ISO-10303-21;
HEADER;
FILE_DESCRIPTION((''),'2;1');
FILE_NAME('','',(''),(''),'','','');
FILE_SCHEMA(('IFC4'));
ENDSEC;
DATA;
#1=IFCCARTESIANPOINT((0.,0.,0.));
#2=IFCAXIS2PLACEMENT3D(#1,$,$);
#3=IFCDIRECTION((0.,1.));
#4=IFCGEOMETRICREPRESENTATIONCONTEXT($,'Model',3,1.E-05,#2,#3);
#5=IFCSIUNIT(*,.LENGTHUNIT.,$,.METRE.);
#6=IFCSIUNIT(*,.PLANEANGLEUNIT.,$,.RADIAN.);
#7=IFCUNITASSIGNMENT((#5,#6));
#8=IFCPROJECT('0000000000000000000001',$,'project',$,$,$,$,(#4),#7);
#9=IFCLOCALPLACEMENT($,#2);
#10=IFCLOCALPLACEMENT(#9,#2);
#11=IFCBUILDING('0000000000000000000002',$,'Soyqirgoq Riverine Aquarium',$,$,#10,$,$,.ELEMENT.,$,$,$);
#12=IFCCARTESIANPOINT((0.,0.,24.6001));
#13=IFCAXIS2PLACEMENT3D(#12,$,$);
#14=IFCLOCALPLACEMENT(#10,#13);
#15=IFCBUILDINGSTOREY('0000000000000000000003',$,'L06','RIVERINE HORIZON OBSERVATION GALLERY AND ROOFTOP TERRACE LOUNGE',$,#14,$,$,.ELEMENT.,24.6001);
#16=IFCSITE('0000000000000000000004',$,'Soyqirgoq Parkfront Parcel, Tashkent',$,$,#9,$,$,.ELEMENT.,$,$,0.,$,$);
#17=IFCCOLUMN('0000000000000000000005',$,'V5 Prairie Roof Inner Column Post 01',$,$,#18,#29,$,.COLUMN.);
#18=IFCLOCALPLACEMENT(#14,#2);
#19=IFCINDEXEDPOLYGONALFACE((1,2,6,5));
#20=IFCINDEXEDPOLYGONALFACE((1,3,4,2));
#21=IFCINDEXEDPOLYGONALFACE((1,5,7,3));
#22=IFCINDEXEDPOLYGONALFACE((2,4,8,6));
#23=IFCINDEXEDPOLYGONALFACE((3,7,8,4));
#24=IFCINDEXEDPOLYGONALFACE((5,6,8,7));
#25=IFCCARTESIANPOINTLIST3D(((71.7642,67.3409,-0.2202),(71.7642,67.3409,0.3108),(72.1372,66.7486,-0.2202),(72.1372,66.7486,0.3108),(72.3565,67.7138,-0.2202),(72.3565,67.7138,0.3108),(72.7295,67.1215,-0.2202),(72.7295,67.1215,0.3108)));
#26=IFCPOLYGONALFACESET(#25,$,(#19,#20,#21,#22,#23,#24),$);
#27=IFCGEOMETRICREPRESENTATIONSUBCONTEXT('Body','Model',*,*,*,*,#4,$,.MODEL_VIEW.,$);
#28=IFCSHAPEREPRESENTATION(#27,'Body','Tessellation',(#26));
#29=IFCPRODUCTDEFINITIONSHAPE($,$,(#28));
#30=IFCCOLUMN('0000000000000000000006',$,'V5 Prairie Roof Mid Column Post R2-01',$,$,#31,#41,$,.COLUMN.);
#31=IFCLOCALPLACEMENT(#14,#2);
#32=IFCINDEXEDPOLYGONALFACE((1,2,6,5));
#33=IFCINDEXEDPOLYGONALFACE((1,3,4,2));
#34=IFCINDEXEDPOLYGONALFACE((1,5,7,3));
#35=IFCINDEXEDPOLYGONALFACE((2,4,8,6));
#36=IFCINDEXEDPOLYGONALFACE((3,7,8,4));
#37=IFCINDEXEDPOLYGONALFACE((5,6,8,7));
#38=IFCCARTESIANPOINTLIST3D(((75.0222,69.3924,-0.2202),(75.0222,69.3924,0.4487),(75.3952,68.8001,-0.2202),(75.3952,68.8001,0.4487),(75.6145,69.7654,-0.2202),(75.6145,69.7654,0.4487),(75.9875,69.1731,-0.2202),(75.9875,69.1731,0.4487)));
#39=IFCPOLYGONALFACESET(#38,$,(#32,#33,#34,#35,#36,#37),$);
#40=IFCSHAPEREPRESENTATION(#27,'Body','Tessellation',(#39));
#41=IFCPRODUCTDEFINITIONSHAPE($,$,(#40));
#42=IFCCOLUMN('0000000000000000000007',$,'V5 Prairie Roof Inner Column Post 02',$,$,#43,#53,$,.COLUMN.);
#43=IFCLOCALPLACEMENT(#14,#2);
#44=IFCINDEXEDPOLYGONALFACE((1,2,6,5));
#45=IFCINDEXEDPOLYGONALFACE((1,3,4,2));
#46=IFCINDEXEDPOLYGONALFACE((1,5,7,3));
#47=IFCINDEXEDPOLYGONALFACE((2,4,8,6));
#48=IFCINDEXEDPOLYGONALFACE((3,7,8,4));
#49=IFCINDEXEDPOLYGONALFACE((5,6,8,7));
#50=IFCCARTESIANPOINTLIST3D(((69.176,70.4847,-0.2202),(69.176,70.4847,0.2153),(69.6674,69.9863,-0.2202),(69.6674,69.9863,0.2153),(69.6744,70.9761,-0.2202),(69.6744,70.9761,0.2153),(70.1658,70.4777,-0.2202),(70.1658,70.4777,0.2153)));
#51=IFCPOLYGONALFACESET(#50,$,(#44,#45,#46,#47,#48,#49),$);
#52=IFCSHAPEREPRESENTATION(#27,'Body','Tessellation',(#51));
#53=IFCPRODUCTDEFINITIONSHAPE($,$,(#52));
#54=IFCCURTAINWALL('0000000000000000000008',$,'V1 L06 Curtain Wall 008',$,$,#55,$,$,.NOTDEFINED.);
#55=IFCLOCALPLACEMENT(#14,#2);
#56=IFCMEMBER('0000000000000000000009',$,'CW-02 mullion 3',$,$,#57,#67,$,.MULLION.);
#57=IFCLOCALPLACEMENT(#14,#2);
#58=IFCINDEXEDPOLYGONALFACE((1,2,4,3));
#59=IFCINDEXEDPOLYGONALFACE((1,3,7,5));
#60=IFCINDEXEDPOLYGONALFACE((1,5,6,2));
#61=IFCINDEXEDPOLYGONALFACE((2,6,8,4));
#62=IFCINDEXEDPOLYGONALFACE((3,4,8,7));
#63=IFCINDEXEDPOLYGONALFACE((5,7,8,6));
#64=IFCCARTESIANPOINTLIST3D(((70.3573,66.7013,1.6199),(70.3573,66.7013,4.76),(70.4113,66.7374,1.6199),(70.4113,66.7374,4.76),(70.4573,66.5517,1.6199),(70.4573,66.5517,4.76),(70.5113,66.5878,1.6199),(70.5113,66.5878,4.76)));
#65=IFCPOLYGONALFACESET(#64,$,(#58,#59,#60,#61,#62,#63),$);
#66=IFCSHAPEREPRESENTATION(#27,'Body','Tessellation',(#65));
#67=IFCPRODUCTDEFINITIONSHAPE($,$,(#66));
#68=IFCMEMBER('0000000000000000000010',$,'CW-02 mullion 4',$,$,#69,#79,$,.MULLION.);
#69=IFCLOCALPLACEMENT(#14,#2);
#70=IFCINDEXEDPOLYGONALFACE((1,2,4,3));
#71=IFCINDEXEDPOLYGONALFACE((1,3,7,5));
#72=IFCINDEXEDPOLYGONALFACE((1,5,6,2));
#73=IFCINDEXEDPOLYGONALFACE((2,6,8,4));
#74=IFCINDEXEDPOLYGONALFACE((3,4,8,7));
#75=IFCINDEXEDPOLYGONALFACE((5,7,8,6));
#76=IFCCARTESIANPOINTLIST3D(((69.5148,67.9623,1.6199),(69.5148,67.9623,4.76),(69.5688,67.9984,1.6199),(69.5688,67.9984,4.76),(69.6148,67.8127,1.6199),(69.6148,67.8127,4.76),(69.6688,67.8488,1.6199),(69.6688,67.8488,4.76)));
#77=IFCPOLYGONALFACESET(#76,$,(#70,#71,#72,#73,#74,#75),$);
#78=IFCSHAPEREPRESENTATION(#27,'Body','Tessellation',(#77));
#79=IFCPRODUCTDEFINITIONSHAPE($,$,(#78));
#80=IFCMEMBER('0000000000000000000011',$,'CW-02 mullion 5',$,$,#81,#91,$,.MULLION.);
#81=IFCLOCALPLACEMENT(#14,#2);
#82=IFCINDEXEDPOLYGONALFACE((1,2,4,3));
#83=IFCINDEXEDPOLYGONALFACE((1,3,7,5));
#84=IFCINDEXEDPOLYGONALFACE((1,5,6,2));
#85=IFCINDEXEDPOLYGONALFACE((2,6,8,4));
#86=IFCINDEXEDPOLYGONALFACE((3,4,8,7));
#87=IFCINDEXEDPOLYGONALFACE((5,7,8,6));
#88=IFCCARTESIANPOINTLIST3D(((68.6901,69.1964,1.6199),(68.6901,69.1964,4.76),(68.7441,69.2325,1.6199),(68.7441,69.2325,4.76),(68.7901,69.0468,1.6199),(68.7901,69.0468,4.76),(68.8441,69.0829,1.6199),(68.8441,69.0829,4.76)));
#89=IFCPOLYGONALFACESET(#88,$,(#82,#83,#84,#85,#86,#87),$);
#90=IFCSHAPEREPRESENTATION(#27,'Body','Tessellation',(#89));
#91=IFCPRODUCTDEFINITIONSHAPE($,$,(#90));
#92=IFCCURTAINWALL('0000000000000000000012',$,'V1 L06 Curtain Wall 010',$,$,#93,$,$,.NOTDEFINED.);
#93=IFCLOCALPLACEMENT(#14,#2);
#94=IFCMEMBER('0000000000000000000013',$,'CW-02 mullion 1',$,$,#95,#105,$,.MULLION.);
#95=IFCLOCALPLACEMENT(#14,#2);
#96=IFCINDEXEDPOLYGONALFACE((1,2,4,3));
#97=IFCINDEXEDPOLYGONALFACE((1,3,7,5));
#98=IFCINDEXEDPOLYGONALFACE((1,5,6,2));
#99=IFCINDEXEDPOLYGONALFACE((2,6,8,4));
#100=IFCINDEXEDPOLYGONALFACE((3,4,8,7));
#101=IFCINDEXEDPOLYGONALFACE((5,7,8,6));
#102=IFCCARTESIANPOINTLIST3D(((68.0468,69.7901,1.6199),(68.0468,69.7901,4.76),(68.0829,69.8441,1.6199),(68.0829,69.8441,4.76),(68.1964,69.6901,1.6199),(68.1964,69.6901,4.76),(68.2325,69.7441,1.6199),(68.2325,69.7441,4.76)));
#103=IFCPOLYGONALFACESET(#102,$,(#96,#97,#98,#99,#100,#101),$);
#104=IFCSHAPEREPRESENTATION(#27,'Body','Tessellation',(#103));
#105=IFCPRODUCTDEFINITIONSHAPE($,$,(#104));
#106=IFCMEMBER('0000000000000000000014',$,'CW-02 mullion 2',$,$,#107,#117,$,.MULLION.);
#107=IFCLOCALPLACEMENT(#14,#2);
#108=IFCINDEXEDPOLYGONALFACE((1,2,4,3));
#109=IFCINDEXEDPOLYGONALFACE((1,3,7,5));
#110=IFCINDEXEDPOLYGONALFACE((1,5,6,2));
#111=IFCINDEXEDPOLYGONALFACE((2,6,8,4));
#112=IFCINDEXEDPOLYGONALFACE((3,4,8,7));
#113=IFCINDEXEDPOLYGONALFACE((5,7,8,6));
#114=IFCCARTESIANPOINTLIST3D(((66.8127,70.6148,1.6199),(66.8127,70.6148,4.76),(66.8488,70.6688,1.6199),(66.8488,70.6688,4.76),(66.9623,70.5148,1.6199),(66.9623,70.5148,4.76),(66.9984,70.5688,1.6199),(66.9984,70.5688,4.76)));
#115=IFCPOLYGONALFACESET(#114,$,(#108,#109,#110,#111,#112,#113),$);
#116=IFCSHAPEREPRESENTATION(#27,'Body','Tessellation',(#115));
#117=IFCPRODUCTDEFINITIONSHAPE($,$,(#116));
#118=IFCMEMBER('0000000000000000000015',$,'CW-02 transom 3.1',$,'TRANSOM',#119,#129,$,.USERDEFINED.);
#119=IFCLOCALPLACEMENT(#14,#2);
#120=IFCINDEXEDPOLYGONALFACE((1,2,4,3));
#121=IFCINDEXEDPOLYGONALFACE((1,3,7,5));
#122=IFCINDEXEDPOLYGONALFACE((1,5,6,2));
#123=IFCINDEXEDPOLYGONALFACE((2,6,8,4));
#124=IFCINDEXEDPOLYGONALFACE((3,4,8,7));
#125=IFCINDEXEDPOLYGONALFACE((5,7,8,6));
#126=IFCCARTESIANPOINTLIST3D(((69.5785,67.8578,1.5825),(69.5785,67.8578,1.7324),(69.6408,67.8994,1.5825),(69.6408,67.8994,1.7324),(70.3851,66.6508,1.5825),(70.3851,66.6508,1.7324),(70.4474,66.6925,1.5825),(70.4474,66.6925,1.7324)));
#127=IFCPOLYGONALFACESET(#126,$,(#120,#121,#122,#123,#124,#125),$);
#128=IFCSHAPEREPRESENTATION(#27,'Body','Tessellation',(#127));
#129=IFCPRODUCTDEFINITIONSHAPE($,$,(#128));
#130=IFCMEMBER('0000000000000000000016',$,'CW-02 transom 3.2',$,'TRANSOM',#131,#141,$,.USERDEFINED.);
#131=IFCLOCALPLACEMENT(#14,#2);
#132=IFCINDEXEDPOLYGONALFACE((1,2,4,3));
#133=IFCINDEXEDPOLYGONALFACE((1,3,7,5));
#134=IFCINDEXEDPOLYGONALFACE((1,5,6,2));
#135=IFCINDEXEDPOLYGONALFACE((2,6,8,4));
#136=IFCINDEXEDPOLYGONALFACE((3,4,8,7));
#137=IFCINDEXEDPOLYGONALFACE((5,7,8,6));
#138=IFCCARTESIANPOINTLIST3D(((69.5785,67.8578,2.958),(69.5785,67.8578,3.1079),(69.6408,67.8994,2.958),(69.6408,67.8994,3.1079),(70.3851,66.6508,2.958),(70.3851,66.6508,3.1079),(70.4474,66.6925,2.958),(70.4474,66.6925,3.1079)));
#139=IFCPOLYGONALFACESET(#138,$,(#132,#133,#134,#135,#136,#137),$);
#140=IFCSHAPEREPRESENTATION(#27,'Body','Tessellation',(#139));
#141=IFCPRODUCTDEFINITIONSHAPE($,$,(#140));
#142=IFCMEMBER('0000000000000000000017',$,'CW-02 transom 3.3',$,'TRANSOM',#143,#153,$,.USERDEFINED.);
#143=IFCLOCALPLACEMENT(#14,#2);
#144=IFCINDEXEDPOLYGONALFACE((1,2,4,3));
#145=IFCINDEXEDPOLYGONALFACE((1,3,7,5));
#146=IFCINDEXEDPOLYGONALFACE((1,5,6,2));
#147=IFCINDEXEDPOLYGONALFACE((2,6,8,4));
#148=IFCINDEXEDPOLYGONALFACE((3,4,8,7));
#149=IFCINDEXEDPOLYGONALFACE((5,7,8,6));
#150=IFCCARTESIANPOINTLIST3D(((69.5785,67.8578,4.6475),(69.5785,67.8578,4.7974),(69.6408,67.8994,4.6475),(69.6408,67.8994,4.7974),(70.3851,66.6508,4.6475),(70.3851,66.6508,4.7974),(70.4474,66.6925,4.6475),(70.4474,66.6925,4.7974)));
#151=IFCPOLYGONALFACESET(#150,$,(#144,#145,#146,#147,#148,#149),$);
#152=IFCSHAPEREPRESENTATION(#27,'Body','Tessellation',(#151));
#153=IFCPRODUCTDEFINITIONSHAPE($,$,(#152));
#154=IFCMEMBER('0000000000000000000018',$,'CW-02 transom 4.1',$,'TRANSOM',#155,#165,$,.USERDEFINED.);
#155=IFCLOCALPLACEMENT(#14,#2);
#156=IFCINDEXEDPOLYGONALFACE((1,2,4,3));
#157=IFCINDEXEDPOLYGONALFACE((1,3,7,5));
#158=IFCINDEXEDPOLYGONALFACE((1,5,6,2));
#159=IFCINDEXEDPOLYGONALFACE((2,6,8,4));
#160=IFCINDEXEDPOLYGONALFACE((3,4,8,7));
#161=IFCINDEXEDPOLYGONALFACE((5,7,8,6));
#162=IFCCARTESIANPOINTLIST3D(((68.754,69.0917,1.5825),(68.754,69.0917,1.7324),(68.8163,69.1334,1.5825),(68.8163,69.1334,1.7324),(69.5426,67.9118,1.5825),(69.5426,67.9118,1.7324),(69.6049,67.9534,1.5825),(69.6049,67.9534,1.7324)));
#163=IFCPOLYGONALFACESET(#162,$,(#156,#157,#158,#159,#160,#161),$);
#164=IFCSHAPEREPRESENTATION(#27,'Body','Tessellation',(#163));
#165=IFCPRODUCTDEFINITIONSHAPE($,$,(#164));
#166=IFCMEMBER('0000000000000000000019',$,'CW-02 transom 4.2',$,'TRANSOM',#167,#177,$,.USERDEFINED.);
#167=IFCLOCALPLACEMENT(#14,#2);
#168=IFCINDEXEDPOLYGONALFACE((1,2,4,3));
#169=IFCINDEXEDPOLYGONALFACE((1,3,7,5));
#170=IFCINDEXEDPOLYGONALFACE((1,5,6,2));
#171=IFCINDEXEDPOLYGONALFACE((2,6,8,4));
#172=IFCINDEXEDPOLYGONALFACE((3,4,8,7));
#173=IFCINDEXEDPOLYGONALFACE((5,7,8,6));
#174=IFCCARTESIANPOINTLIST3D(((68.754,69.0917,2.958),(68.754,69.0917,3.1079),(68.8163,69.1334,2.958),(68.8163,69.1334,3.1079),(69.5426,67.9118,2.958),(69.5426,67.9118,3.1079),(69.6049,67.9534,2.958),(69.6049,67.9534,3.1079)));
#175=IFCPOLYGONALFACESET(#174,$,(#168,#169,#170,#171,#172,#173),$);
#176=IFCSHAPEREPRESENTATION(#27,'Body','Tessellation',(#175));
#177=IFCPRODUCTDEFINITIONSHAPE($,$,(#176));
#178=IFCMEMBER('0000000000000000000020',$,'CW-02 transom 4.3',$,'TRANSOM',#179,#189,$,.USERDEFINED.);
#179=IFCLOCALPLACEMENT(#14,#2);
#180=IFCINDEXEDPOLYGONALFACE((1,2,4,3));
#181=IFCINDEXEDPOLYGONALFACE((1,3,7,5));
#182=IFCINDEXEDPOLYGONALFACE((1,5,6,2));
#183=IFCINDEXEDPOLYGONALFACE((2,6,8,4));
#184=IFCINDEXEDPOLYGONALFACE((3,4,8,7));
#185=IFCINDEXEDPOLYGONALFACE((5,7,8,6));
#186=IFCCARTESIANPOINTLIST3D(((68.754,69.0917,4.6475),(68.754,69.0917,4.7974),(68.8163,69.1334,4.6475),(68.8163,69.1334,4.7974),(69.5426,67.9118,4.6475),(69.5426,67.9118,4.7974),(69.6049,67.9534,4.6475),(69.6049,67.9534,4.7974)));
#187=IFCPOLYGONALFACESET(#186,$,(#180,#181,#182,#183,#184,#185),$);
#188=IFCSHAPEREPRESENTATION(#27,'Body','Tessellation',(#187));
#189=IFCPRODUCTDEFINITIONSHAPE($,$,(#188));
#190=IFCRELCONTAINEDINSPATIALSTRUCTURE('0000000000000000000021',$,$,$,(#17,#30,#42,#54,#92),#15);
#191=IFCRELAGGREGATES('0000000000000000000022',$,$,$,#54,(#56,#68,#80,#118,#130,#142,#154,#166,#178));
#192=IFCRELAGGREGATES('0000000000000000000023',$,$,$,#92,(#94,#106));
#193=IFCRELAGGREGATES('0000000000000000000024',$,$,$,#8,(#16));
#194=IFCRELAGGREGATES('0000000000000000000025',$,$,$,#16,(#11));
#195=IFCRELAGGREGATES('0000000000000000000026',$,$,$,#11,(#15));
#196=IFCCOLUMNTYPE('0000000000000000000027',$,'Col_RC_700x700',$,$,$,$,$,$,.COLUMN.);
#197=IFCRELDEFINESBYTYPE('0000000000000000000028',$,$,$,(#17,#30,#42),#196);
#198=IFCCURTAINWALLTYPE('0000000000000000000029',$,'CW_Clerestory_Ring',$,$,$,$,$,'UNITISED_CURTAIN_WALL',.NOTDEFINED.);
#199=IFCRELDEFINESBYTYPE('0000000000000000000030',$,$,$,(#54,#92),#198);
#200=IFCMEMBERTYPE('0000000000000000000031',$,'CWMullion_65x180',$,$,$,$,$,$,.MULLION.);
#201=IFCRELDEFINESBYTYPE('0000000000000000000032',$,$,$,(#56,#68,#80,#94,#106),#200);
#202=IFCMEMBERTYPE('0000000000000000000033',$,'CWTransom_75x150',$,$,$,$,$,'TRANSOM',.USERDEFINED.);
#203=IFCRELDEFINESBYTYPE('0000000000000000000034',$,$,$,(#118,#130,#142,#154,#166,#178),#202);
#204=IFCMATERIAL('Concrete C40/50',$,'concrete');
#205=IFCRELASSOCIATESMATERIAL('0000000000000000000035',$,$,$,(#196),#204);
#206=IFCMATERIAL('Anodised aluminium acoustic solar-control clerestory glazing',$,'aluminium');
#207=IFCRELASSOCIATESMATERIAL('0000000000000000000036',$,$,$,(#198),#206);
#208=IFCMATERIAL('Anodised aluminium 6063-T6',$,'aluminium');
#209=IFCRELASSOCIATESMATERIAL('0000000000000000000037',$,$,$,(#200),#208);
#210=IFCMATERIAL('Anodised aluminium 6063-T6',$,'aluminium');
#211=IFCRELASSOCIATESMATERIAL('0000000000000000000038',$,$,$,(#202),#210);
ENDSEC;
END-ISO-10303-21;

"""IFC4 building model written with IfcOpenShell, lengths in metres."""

from ifc_helpers import new_model, si_unit, direction, frame, origin, origin_2d, place, context, subcontext, project, spatial, rectangle, extrude, material, material_profile, profile_set, type_object, element, aggregate, save


model = new_model("IFC4")

# Units and contexts
model_context = context("Model", 3, precision=1e-05, world=origin(), true_north=direction((0.0, 1.0)))
body_context = subcontext(model_context, "Body", "Model", "MODEL_VIEW")
ifc_project = project(units=[si_unit("LENGTHUNIT", "METRE"), si_unit("PLANEANGLEUNIT", "RADIAN")], contexts=[model_context])

# Site, building, storey
site_placement = place(None, origin())
site = spatial("IfcSite", under=ifc_project, at=site_placement, Name="Soyqirgoq Parkfront Parcel, Tashkent", CompositionType="ELEMENT", RefElevation=0.0)
building_placement = place(site_placement, origin())
building = spatial("IfcBuilding", under=site, at=building_placement, Name="Soyqirgoq Riverine Aquarium", CompositionType="ELEMENT")
storey_placement = place(building_placement, frame((0.0, 0.0, 24.6001)))
storey = spatial("IfcBuildingStorey", under=building, at=storey_placement, Name="L06", Description="RIVERINE HORIZON OBSERVATION GALLERY AND ROOFTOP TERRACE LOUNGE", CompositionType="ELEMENT", Elevation=24.6001)

# Columns
ifc_material_1 = material(Name="Concrete C40/50", Category="concrete")
ifc_material_profile_1 = material_profile(ifc_material_1, rectangle(XDim=0.7, YDim=0.7, at=origin_2d()), Name="RC 700x700")
ifc_profile_set_1 = profile_set([ifc_material_profile_1], Name="Concrete C40/50")
column_type_1 = type_object("IfcColumnType", Name="Col_RC_700x700", PredefinedType="COLUMN", material=ifc_profile_set_1)
column_1_placement = place(storey_placement, frame((72.2468, 67.2312, -0.2202), z_axis=(0.0, 0.0, 1.0), x_axis=(0.846193, 0.532876, 0.0)))
element("IfcColumn", 1, at=column_1_placement, inside=storey, type_object=column_type_1, Name="V5 Prairie Roof Inner Column Post 01", PredefinedType="COLUMN", context=body_context, shape_type="SweptSolid", body=[
    extrude(rectangle(XDim=0.7, YDim=0.7, at=origin_2d()), origin(), (0.0, 0.0, 1.0), 0.531),
])
column_2_placement = place(storey_placement, frame((75.5049, 69.2827, -0.2202), z_axis=(0.0, 0.0, 1.0), x_axis=(0.846193, 0.532876, 0.0)))
element("IfcColumn", 2, at=column_2_placement, inside=storey, type_object=column_type_1, Name="V5 Prairie Roof Mid Column Post R2-01", PredefinedType="COLUMN", context=body_context, shape_type="SweptSolid", body=[
    extrude(rectangle(XDim=0.7, YDim=0.7, at=origin_2d()), origin(), (0.0, 0.0, 1.0), 0.6689),
])
column_3_placement = place(storey_placement, frame((69.6709, 70.4812, -0.2202), z_axis=(0.0, 0.0, 1.0), x_axis=(0.712026, 0.702153, 0.0)))
element("IfcColumn", 3, at=column_3_placement, inside=storey, type_object=column_type_1, Name="V5 Prairie Roof Inner Column Post 02", PredefinedType="COLUMN", context=body_context, shape_type="SweptSolid", body=[
    extrude(rectangle(XDim=0.7, YDim=0.7, at=origin_2d()), origin(), (0.0, 0.0, 1.0), 0.4355),
])

# Curtain walls, members
ifc_material_2 = material(Name="Anodised aluminium acoustic solar-control clerestory glazing", Category="aluminium")
curtain_wall_type = type_object("IfcCurtainWallType", Name="CW_Clerestory_Ring", ElementType="UNITISED_CURTAIN_WALL", PredefinedType="NOTDEFINED", material=ifc_material_2)
curtain_wall_1_placement = place(storey_placement, origin())
curtain_wall_1 = element("IfcCurtainWall", 4, at=curtain_wall_1_placement, inside=storey, type_object=curtain_wall_type, Name="V1 L06 Curtain Wall 008", PredefinedType="NOTDEFINED")
ifc_material_3 = material(Name="Anodised aluminium 6063-T6", Category="aluminium")
ifc_material_profile_2 = material_profile(ifc_material_3, rectangle(XDim=0.0649, YDim=0.1799, at=origin_2d()), Name="ALU-M 65x180")
ifc_profile_set_2 = profile_set([ifc_material_profile_2], Name="Anodised aluminium 6063-T6")
member_type_1 = type_object("IfcMemberType", Name="CWMullion_65x180", PredefinedType="MULLION", material=ifc_profile_set_2)
member_1_placement = place(storey_placement, frame((70.4343, 66.6445, 1.6199), z_axis=(0.0, 0.0, 1.0), x_axis=(-0.831464, -0.555579, 0.0)))
member_1 = element("IfcMember", 5, at=member_1_placement, type_object=member_type_1, Name="CW-02 mullion 3", PredefinedType="MULLION", context=body_context, shape_type="SweptSolid", body=[
    extrude(rectangle(XDim=0.0649, YDim=0.1799, at=origin_2d()), origin(), (0.0, 0.0, 1.0), 3.1401),
])
member_2_placement = place(storey_placement, frame((69.5918, 67.9055, 1.6199), z_axis=(0.0, 0.0, 1.0), x_axis=(-0.831464, -0.555579, 0.0)))
member_2 = element("IfcMember", 6, at=member_2_placement, type_object=member_type_1, Name="CW-02 mullion 4", PredefinedType="MULLION", context=body_context, shape_type="SweptSolid", body=[
    extrude(rectangle(XDim=0.0649, YDim=0.1799, at=origin_2d()), origin(), (0.0, 0.0, 1.0), 3.1401),
])
member_3_placement = place(storey_placement, frame((68.7671, 69.1396, 1.6199), z_axis=(0.0, 0.0, 1.0), x_axis=(-0.831464, -0.555579, 0.0)))
member_3 = element("IfcMember", 7, at=member_3_placement, type_object=member_type_1, Name="CW-02 mullion 5", PredefinedType="MULLION", context=body_context, shape_type="SweptSolid", body=[
    extrude(rectangle(XDim=0.0649, YDim=0.1799, at=origin_2d()), origin(), (0.0, 0.0, 1.0), 3.1401),
])
curtain_wall_2_placement = place(storey_placement, origin())
curtain_wall_2 = element("IfcCurtainWall", 8, at=curtain_wall_2_placement, inside=storey, type_object=curtain_wall_type, Name="V1 L06 Curtain Wall 010", PredefinedType="NOTDEFINED")
member_4_placement = place(storey_placement, frame((68.1396, 69.7671, 1.6199), z_axis=(0.0, 0.0, 1.0), x_axis=(-0.555579, -0.831464, 0.0)))
member_4 = element("IfcMember", 9, at=member_4_placement, type_object=member_type_1, Name="CW-02 mullion 1", PredefinedType="MULLION", context=body_context, shape_type="SweptSolid", body=[
    extrude(rectangle(XDim=0.0649, YDim=0.1799, at=origin_2d()), origin(), (0.0, 0.0, 1.0), 3.1401),
])
member_5_placement = place(storey_placement, frame((66.9055, 70.5918, 1.6199), z_axis=(0.0, 0.0, 1.0), x_axis=(-0.555579, -0.831464, 0.0)))
member_5 = element("IfcMember", 10, at=member_5_placement, type_object=member_type_1, Name="CW-02 mullion 2", PredefinedType="MULLION", context=body_context, shape_type="SweptSolid", body=[
    extrude(rectangle(XDim=0.0649, YDim=0.1799, at=origin_2d()), origin(), (0.0, 0.0, 1.0), 3.1401),
])

# Members
ifc_material_4 = material(Name="Anodised aluminium 6063-T6", Category="aluminium")
ifc_material_profile_3 = material_profile(ifc_material_4, rectangle(XDim=0.075, YDim=0.1499, at=origin_2d()), Name="ALU-T 75x150")
ifc_profile_set_3 = profile_set([ifc_material_profile_3], Name="Anodised aluminium 6063-T6")
member_type_2 = type_object("IfcMemberType", Name="CWTransom_75x150", ElementType="TRANSOM", PredefinedType="USERDEFINED", material=ifc_profile_set_3)
member_6_placement = place(storey_placement, frame((70.4163, 66.6716, 1.6575), z_axis=(-0.555631, 0.831429, 0.0), x_axis=(-0.831429, -0.555631, 0.0)))
member_6 = element("IfcMember", 11, at=member_6_placement, type_object=member_type_2, Name="CW-02 transom 3.1", ObjectType="TRANSOM", PredefinedType="USERDEFINED", context=body_context, shape_type="SweptSolid", body=[
    extrude(rectangle(XDim=0.075, YDim=0.1499, at=origin_2d()), origin(), (0.0, 0.0, 1.0), 1.4517),
])
member_7_placement = place(storey_placement, frame((70.4163, 66.6716, 3.033), z_axis=(-0.555631, 0.831429, 0.0), x_axis=(-0.831429, -0.555631, 0.0)))
member_7 = element("IfcMember", 12, at=member_7_placement, type_object=member_type_2, Name="CW-02 transom 3.2", ObjectType="TRANSOM", PredefinedType="USERDEFINED", context=body_context, shape_type="SweptSolid", body=[
    extrude(rectangle(XDim=0.075, YDim=0.1499, at=origin_2d()), origin(), (0.0, 0.0, 1.0), 1.4517),
])
member_8_placement = place(storey_placement, frame((70.4163, 66.6716, 4.7224), z_axis=(-0.555631, 0.831429, 0.0), x_axis=(-0.831429, -0.555631, 0.0)))
member_8 = element("IfcMember", 13, at=member_8_placement, type_object=member_type_2, Name="CW-02 transom 3.3", ObjectType="TRANSOM", PredefinedType="USERDEFINED", context=body_context, shape_type="SweptSolid", body=[
    extrude(rectangle(XDim=0.075, YDim=0.1499, at=origin_2d()), origin(), (0.0, 0.0, 1.0), 1.4517),
])
member_9_placement = place(storey_placement, frame((69.5737, 67.9326, 1.6575), z_axis=(-0.555653, 0.831415, 0.0), x_axis=(-0.831415, -0.555653, 0.0)))
member_9 = element("IfcMember", 14, at=member_9_placement, type_object=member_type_2, Name="CW-02 transom 4.1", ObjectType="TRANSOM", PredefinedType="USERDEFINED", context=body_context, shape_type="SweptSolid", body=[
    extrude(rectangle(XDim=0.075, YDim=0.1499, at=origin_2d()), origin(), (0.0, 0.0, 1.0), 1.4192),
])
member_10_placement = place(storey_placement, frame((69.5737, 67.9326, 3.033), z_axis=(-0.555653, 0.831415, 0.0), x_axis=(-0.831415, -0.555653, 0.0)))
member_10 = element("IfcMember", 15, at=member_10_placement, type_object=member_type_2, Name="CW-02 transom 4.2", ObjectType="TRANSOM", PredefinedType="USERDEFINED", context=body_context, shape_type="SweptSolid", body=[
    extrude(rectangle(XDim=0.075, YDim=0.1499, at=origin_2d()), origin(), (0.0, 0.0, 1.0), 1.4192),
])
member_11_placement = place(storey_placement, frame((69.5737, 67.9326, 4.7224), z_axis=(-0.555653, 0.831415, 0.0), x_axis=(-0.831415, -0.555653, 0.0)))
member_11 = element("IfcMember", 16, at=member_11_placement, type_object=member_type_2, Name="CW-02 transom 4.3", ObjectType="TRANSOM", PredefinedType="USERDEFINED", context=body_context, shape_type="SweptSolid", body=[
    extrude(rectangle(XDim=0.075, YDim=0.1499, at=origin_2d()), origin(), (0.0, 0.0, 1.0), 1.4192),
])

aggregate(curtain_wall_1, [member_1, member_2, member_3, member_6, member_7, member_8, member_9, member_10, member_11])
aggregate(curtain_wall_2, [member_4, member_5])

save(model, "model.ifc")
